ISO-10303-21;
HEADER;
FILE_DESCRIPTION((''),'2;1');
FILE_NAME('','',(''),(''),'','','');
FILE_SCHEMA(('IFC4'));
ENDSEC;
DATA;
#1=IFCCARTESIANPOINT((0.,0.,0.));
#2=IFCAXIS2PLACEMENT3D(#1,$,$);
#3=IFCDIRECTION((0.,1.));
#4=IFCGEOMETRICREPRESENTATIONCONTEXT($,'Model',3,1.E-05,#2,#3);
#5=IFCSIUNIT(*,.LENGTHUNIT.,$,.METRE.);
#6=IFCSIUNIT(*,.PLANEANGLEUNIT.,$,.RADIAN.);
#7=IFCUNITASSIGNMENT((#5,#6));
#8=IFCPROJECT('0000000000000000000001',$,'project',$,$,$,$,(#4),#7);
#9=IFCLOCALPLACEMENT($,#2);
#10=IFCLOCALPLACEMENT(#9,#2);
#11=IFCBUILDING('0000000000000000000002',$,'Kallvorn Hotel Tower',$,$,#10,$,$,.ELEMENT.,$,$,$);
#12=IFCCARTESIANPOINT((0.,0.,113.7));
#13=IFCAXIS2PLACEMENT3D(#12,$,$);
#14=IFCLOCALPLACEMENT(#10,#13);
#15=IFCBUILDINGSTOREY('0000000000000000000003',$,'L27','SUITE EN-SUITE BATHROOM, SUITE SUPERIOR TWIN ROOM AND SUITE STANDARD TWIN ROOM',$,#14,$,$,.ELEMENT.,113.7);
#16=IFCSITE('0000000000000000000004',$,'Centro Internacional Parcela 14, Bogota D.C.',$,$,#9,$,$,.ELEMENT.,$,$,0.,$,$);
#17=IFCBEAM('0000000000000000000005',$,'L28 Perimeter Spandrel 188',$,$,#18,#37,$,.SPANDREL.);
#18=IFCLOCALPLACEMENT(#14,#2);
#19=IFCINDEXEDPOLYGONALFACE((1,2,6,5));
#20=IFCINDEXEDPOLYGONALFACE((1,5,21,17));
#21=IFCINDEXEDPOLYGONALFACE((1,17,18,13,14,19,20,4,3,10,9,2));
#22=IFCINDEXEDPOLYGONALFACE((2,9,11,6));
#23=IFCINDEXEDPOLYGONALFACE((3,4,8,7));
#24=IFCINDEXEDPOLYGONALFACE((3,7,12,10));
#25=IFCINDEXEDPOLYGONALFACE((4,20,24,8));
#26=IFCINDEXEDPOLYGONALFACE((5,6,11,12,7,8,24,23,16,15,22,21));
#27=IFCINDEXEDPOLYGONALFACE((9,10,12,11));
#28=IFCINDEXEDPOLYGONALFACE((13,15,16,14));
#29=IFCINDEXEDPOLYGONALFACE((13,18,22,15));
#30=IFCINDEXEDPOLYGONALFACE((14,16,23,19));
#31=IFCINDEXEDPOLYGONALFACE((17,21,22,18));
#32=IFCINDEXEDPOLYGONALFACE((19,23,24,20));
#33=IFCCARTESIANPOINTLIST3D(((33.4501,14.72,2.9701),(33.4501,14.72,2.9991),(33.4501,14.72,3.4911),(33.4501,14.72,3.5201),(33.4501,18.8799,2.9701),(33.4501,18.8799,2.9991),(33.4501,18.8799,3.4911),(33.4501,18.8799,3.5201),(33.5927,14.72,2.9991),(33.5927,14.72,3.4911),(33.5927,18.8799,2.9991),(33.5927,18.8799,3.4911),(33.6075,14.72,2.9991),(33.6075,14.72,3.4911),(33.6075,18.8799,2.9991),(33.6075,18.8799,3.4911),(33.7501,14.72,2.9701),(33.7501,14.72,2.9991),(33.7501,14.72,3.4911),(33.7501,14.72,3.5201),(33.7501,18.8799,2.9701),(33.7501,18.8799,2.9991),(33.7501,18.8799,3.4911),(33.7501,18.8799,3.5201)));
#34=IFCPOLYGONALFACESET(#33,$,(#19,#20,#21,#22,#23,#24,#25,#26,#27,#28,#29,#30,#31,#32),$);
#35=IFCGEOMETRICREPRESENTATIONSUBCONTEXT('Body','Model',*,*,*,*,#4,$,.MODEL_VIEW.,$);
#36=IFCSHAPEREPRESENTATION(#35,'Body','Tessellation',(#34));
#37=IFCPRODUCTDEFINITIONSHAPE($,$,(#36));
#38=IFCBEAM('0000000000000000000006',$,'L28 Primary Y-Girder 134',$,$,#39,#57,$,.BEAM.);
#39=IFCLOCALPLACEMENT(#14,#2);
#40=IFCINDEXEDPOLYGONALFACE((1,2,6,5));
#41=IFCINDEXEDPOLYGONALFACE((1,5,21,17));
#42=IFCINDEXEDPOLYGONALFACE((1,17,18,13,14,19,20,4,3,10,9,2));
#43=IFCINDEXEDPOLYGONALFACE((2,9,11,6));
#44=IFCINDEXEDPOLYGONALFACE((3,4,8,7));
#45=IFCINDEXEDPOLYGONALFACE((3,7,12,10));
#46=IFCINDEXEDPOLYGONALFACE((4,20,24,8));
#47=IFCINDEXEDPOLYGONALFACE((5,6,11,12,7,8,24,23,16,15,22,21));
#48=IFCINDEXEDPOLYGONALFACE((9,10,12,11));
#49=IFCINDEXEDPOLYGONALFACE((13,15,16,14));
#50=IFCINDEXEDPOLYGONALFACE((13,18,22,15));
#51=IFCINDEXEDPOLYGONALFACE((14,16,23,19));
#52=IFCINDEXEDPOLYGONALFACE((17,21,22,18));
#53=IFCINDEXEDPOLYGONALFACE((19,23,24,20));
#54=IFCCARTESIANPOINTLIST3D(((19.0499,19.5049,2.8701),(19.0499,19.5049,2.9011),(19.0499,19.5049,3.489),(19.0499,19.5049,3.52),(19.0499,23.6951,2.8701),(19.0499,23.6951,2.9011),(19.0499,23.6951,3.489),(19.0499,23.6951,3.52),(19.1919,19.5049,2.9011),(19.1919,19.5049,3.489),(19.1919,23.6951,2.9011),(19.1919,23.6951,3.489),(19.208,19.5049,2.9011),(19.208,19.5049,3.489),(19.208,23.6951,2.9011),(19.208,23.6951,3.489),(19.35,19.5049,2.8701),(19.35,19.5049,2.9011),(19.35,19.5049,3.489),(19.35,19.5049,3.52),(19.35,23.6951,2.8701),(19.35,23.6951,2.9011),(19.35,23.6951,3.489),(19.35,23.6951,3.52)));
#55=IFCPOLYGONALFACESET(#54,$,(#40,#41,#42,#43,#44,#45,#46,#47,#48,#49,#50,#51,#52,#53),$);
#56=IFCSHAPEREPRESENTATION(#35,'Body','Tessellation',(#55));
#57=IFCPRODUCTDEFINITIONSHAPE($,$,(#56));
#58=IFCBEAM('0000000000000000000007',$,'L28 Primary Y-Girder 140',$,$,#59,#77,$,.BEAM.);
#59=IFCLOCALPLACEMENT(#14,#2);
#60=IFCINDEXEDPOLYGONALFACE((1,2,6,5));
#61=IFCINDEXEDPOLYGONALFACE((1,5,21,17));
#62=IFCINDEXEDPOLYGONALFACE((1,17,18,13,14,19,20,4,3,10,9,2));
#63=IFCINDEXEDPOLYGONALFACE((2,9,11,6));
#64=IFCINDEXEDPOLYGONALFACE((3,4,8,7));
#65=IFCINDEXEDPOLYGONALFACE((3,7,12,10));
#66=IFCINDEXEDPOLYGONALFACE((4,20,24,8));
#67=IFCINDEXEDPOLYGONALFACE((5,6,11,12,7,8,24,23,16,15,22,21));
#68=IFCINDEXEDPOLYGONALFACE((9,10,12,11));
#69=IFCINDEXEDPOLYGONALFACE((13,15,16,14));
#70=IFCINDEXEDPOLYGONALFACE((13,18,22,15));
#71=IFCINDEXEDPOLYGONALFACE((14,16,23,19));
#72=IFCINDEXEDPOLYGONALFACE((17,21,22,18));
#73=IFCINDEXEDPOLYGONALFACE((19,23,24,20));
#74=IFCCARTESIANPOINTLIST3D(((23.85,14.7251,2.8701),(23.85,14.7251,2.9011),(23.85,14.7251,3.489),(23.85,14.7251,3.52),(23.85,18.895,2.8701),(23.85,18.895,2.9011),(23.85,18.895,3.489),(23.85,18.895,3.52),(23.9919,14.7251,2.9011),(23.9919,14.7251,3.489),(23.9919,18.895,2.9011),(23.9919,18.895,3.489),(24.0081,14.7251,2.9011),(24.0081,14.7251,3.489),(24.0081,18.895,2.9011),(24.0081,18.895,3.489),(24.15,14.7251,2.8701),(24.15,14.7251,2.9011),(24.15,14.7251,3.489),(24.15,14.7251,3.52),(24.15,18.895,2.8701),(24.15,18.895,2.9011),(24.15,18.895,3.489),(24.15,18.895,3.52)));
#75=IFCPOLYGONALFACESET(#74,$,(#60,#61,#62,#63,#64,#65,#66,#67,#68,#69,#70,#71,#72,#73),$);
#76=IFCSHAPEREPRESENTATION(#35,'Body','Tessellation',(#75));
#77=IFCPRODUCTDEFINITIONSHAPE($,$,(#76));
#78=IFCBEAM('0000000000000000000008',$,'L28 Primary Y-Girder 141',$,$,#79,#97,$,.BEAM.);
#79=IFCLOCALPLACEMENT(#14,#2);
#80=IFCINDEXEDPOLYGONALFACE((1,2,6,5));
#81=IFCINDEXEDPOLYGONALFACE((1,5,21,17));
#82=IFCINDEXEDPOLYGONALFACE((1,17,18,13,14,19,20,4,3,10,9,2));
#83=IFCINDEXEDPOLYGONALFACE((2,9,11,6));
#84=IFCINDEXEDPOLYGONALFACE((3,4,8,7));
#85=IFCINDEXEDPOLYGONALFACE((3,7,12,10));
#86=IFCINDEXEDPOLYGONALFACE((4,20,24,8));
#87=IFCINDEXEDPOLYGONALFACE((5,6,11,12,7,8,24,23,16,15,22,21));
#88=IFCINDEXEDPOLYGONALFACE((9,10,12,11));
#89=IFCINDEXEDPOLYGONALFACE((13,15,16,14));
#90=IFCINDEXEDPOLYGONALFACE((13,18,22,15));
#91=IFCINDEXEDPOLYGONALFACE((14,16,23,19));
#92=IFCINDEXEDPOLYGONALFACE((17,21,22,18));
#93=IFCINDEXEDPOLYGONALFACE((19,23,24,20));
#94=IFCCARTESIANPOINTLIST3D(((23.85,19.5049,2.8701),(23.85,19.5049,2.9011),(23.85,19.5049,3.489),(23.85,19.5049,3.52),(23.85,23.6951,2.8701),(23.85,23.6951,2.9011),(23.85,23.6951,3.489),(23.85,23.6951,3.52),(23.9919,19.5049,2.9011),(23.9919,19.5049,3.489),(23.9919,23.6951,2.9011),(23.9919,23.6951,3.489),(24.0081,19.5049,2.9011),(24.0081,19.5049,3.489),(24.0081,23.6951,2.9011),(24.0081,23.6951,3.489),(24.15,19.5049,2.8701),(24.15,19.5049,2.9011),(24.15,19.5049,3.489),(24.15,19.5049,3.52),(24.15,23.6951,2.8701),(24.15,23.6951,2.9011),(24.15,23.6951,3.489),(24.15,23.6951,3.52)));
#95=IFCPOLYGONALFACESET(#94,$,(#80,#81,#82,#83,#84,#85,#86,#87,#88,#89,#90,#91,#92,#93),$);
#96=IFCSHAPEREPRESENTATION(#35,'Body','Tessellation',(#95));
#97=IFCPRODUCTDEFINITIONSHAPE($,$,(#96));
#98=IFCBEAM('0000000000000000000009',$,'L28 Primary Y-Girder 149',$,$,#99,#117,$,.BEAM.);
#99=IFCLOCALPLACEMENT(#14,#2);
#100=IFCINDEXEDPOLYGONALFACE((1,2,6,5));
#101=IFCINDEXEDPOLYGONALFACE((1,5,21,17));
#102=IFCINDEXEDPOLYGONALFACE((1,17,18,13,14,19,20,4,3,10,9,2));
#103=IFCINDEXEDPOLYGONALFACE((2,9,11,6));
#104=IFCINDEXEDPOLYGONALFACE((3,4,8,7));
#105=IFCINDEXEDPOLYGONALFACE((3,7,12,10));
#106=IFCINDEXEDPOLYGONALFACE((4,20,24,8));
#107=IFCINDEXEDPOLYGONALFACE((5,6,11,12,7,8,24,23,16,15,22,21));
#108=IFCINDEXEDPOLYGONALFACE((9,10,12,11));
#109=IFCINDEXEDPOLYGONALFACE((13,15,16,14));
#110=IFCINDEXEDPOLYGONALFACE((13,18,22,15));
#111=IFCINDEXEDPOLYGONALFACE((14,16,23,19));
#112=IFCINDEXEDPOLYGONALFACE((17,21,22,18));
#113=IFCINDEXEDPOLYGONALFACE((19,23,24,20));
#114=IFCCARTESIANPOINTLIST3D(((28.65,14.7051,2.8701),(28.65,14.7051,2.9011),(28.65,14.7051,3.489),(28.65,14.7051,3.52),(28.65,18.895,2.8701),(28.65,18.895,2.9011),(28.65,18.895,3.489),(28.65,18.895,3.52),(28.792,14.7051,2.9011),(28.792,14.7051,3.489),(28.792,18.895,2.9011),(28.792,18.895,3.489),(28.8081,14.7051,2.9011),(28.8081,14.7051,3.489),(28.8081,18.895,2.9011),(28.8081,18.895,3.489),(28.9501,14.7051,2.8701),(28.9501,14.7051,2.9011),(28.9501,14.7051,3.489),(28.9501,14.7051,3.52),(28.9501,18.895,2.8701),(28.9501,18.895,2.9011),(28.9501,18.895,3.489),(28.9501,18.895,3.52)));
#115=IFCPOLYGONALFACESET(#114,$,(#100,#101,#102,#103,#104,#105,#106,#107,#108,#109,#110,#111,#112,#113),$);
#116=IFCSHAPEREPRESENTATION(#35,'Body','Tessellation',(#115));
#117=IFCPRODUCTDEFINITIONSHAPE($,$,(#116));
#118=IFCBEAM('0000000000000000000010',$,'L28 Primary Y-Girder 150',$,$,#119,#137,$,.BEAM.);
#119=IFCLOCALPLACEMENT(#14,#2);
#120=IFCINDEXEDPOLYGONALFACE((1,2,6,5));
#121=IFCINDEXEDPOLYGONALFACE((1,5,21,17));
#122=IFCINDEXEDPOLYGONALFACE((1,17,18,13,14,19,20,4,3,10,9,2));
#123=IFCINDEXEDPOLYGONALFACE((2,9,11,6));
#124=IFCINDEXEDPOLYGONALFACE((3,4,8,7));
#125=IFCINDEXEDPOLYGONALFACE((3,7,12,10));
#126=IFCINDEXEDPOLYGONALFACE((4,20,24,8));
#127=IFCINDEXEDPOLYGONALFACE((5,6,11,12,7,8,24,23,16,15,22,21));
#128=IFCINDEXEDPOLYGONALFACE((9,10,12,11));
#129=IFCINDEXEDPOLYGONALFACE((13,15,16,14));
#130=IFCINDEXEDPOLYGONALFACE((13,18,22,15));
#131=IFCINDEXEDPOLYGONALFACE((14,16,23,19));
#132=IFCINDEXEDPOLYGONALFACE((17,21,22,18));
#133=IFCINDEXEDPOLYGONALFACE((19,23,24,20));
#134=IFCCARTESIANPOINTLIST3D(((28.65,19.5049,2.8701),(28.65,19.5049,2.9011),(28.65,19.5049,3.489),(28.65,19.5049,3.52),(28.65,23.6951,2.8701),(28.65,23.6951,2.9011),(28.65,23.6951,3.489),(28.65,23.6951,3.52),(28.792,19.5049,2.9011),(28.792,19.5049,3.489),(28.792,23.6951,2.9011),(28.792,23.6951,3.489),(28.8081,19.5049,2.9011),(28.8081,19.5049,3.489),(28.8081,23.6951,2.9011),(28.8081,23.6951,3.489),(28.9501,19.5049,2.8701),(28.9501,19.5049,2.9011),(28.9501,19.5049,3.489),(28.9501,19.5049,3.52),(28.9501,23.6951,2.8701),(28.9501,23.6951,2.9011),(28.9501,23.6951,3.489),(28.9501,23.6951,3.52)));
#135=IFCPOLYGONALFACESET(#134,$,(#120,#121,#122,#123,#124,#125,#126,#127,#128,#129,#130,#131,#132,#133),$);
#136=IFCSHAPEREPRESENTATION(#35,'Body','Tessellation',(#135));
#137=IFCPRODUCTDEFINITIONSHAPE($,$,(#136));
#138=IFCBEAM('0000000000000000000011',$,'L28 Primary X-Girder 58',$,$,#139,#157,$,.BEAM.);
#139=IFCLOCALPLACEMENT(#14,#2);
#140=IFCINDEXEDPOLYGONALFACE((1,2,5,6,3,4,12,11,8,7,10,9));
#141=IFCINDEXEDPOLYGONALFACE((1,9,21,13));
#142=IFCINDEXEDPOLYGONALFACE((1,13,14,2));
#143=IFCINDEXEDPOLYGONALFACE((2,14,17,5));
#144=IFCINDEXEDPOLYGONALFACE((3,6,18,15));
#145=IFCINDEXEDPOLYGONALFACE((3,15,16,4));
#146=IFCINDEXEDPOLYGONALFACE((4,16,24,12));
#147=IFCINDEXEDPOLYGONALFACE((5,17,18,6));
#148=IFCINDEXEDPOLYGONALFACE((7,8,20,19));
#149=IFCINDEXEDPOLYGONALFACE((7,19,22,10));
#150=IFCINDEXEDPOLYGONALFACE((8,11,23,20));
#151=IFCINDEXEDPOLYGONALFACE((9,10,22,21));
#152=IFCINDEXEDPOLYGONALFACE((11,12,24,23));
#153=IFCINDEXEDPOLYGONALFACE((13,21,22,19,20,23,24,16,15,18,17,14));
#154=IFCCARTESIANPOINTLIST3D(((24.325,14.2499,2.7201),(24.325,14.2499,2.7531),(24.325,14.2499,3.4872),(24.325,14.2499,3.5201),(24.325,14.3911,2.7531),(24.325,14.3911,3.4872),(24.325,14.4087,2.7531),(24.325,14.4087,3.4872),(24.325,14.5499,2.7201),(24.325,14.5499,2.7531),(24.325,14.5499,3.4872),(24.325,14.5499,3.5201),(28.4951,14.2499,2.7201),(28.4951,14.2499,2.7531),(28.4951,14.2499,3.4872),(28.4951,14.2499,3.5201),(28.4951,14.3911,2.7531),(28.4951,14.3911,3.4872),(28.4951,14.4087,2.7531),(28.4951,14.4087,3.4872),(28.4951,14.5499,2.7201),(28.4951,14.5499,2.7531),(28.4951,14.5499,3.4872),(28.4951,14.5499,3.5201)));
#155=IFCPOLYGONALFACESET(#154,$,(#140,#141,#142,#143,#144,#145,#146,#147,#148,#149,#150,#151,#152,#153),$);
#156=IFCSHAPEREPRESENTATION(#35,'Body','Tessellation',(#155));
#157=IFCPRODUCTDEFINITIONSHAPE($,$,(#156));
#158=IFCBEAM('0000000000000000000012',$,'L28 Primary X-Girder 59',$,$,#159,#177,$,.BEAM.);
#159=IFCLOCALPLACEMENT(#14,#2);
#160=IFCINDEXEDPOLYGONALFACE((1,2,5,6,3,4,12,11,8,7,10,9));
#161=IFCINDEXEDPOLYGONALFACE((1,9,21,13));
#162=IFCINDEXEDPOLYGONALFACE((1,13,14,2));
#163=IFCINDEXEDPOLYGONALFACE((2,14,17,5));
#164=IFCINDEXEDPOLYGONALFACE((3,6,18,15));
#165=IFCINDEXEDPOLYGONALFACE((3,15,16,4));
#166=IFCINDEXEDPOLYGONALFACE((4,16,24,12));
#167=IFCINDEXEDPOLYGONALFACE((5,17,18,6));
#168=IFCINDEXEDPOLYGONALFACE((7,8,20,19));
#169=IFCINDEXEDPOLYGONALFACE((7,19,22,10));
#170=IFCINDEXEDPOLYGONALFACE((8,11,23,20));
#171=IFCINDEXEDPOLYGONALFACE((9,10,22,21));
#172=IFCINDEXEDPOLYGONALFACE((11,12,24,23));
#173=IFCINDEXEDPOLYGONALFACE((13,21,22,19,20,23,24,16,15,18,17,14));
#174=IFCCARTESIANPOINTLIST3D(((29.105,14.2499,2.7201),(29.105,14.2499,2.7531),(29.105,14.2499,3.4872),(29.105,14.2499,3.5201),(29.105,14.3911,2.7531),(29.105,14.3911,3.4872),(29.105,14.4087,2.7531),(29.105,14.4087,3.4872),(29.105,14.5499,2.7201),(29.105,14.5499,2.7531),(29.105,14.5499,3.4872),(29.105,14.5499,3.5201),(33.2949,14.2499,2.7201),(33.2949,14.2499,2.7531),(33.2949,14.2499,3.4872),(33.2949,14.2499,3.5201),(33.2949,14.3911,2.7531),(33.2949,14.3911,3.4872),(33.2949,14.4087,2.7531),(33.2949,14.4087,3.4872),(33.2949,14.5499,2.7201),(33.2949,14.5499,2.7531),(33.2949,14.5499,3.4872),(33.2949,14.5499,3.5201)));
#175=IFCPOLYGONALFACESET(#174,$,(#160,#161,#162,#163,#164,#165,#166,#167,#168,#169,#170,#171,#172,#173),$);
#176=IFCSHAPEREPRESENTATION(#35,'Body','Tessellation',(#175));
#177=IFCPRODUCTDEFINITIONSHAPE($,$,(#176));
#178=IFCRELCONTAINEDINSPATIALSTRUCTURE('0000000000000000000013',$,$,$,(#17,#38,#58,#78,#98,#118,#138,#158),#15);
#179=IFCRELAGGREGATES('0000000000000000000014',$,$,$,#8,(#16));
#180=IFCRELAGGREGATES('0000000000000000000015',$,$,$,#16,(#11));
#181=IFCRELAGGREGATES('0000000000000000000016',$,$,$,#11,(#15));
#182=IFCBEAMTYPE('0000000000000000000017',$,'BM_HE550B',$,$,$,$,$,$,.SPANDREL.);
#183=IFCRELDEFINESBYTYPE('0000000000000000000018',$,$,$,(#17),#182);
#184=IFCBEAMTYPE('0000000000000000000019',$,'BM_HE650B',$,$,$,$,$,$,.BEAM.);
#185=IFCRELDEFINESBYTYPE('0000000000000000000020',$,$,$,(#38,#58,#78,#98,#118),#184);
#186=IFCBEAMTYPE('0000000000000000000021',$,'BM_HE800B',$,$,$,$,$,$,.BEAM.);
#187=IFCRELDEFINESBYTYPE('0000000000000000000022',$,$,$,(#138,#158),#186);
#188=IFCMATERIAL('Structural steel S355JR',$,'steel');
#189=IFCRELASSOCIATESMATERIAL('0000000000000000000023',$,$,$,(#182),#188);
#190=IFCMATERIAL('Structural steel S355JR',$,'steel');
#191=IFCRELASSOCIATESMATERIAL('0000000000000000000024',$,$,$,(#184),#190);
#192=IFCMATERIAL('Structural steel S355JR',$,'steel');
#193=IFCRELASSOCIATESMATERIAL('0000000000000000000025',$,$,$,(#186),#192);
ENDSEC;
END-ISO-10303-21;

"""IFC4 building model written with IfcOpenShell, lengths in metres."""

from ifc_helpers import new_model, si_unit, direction, frame, origin, origin_2d, place, context, subcontext, project, spatial, i_section, extrude, material, material_profile, profile_set, type_object, element, save


model = new_model("IFC4")

# Units and contexts
model_context = context("Model", 3, precision=1e-05, world=origin(), true_north=direction((0.0, 1.0)))
body_context = subcontext(model_context, "Body", "Model", "MODEL_VIEW")
ifc_project = project(units=[si_unit("LENGTHUNIT", "METRE"), si_unit("PLANEANGLEUNIT", "RADIAN")], contexts=[model_context])

# Site, building, storey
site_placement = place(None, origin())
site = spatial("IfcSite", under=ifc_project, at=site_placement, Name="Centro Internacional Parcela 14, Bogota D.C.", CompositionType="ELEMENT", RefElevation=0.0)
building_placement = place(site_placement, origin())
building = spatial("IfcBuilding", under=site, at=building_placement, Name="Kallvorn Hotel Tower", CompositionType="ELEMENT")
storey_placement = place(building_placement, frame((0.0, 0.0, 113.7)))
storey = spatial("IfcBuildingStorey", under=building, at=storey_placement, Name="L27", Description="SUITE EN-SUITE BATHROOM, SUITE SUPERIOR TWIN ROOM AND SUITE STANDARD TWIN ROOM", CompositionType="ELEMENT", Elevation=113.7)

# Beams
ifc_material_1 = material(Name="Structural steel S355JR", Category="steel")
ifc_material_profile_1 = material_profile(ifc_material_1, i_section(OverallWidth=0.3, OverallDepth=0.55, WebThickness=0.0149, FlangeThickness=0.0291, at=origin_2d()), Name="HE 550 B")
ifc_profile_set_1 = profile_set([ifc_material_profile_1], Name="Structural steel S355JR")
beam_type_1 = type_object("IfcBeamType", Name="BM_HE550B", PredefinedType="SPANDREL", material=ifc_profile_set_1)
for number, where, z_axis, x_axis, name in (
    (1, (33.6001, 14.72, 3.2451), (0.0, 1.0, 0.0), (-1.0, 0.0, 0.0), "L28 Perimeter Spandrel 188"),
):
    element("IfcBeam", number, at=place(storey_placement, frame(where, z_axis=z_axis, x_axis=x_axis)), inside=storey, type_object=beam_type_1, Name=name, PredefinedType="SPANDREL", context=body_context, shape_type="SweptSolid", body=[
        extrude(i_section(OverallWidth=0.3, OverallDepth=0.55, WebThickness=0.0149, FlangeThickness=0.0291, at=origin_2d()), origin(), (0.0, 0.0, 1.0), 4.1599),
    ])
ifc_material_2 = material(Name="Structural steel S355JR", Category="steel")
ifc_material_profile_2 = material_profile(ifc_material_2, i_section(OverallWidth=0.3, OverallDepth=0.6499, WebThickness=0.0161, FlangeThickness=0.031, at=origin_2d()), Name="HE 650 B")
ifc_profile_set_2 = profile_set([ifc_material_profile_2], Name="Structural steel S355JR")
beam_type_2 = type_object("IfcBeamType", Name="BM_HE650B", PredefinedType="BEAM", material=ifc_profile_set_2)
beam_1_placement = place(storey_placement, frame((19.2, 19.5049, 3.1951), z_axis=(0.0, 1.0, 0.0), x_axis=(-1.0, 0.0, 0.0)))
element("IfcBeam", 2, at=beam_1_placement, inside=storey, type_object=beam_type_2, Name="L28 Primary Y-Girder 134", PredefinedType="BEAM", context=body_context, shape_type="SweptSolid", body=[
    extrude(i_section(OverallWidth=0.3, OverallDepth=0.6499, WebThickness=0.0161, FlangeThickness=0.031, at=origin_2d()), origin(), (0.0, 0.0, 1.0), 4.1902),
])
beam_2_placement = place(storey_placement, frame((24.0, 14.7251, 3.1951), z_axis=(0.0, 1.0, 0.0), x_axis=(-1.0, 0.0, 0.0)))
element("IfcBeam", 3, at=beam_2_placement, inside=storey, type_object=beam_type_2, Name="L28 Primary Y-Girder 140", PredefinedType="BEAM", context=body_context, shape_type="SweptSolid", body=[
    extrude(i_section(OverallWidth=0.3, OverallDepth=0.6499, WebThickness=0.0161, FlangeThickness=0.031, at=origin_2d()), origin(), (0.0, 0.0, 1.0), 4.1699),
])
beam_3_placement = place(storey_placement, frame((24.0, 19.5049, 3.1951), z_axis=(0.0, 1.0, 0.0), x_axis=(-1.0, 0.0, 0.0)))
element("IfcBeam", 4, at=beam_3_placement, inside=storey, type_object=beam_type_2, Name="L28 Primary Y-Girder 141", PredefinedType="BEAM", context=body_context, shape_type="SweptSolid", body=[
    extrude(i_section(OverallWidth=0.3, OverallDepth=0.6499, WebThickness=0.0161, FlangeThickness=0.031, at=origin_2d()), origin(), (0.0, 0.0, 1.0), 4.1902),
])
beam_4_placement = place(storey_placement, frame((28.8, 14.7051, 3.1951), z_axis=(0.0, 1.0, 0.0), x_axis=(-1.0, 0.0, 0.0)))
element("IfcBeam", 5, at=beam_4_placement, inside=storey, type_object=beam_type_2, Name="L28 Primary Y-Girder 149", PredefinedType="BEAM", context=body_context, shape_type="SweptSolid", body=[
    extrude(i_section(OverallWidth=0.3, OverallDepth=0.6499, WebThickness=0.0161, FlangeThickness=0.031, at=origin_2d()), origin(), (0.0, 0.0, 1.0), 4.1899),
])
beam_5_placement = place(storey_placement, frame((28.8, 19.5049, 3.1951), z_axis=(0.0, 1.0, 0.0), x_axis=(-1.0, 0.0, 0.0)))
element("IfcBeam", 6, at=beam_5_placement, inside=storey, type_object=beam_type_2, Name="L28 Primary Y-Girder 150", PredefinedType="BEAM", context=body_context, shape_type="SweptSolid", body=[
    extrude(i_section(OverallWidth=0.3, OverallDepth=0.6499, WebThickness=0.0161, FlangeThickness=0.031, at=origin_2d()), origin(), (0.0, 0.0, 1.0), 4.1902),
])
ifc_material_3 = material(Name="Structural steel S355JR", Category="steel")
ifc_material_profile_3 = material_profile(ifc_material_3, i_section(OverallWidth=0.3, OverallDepth=0.8, WebThickness=0.0176, FlangeThickness=0.033, at=origin_2d()), Name="HE 800 B")
ifc_profile_set_3 = profile_set([ifc_material_profile_3], Name="Structural steel S355JR")
beam_type_3 = type_object("IfcBeamType", Name="BM_HE800B", PredefinedType="BEAM", material=ifc_profile_set_3)
beam_6_placement = place(storey_placement, frame((24.325, 14.3999, 3.1201), z_axis=(1.0, 0.0, 0.0), x_axis=(0.0, 1.0, 0.0)))
element("IfcBeam", 7, at=beam_6_placement, inside=storey, type_object=beam_type_3, Name="L28 Primary X-Girder 58", PredefinedType="BEAM", context=body_context, shape_type="SweptSolid", body=[
    extrude(i_section(OverallWidth=0.3, OverallDepth=0.8, WebThickness=0.0176, FlangeThickness=0.033, at=origin_2d()), origin(), (0.0, 0.0, 1.0), 4.1702),
])
beam_7_placement = place(storey_placement, frame((29.105, 14.3999, 3.1201), z_axis=(1.0, 0.0, 0.0), x_axis=(0.0, 1.0, 0.0)))
element("IfcBeam", 8, at=beam_7_placement, inside=storey, type_object=beam_type_3, Name="L28 Primary X-Girder 59", PredefinedType="BEAM", context=body_context, shape_type="SweptSolid", body=[
    extrude(i_section(OverallWidth=0.3, OverallDepth=0.8, WebThickness=0.0176, FlangeThickness=0.033, at=origin_2d()), origin(), (0.0, 0.0, 1.0), 4.1899),
])

save(model, "model.ifc")
